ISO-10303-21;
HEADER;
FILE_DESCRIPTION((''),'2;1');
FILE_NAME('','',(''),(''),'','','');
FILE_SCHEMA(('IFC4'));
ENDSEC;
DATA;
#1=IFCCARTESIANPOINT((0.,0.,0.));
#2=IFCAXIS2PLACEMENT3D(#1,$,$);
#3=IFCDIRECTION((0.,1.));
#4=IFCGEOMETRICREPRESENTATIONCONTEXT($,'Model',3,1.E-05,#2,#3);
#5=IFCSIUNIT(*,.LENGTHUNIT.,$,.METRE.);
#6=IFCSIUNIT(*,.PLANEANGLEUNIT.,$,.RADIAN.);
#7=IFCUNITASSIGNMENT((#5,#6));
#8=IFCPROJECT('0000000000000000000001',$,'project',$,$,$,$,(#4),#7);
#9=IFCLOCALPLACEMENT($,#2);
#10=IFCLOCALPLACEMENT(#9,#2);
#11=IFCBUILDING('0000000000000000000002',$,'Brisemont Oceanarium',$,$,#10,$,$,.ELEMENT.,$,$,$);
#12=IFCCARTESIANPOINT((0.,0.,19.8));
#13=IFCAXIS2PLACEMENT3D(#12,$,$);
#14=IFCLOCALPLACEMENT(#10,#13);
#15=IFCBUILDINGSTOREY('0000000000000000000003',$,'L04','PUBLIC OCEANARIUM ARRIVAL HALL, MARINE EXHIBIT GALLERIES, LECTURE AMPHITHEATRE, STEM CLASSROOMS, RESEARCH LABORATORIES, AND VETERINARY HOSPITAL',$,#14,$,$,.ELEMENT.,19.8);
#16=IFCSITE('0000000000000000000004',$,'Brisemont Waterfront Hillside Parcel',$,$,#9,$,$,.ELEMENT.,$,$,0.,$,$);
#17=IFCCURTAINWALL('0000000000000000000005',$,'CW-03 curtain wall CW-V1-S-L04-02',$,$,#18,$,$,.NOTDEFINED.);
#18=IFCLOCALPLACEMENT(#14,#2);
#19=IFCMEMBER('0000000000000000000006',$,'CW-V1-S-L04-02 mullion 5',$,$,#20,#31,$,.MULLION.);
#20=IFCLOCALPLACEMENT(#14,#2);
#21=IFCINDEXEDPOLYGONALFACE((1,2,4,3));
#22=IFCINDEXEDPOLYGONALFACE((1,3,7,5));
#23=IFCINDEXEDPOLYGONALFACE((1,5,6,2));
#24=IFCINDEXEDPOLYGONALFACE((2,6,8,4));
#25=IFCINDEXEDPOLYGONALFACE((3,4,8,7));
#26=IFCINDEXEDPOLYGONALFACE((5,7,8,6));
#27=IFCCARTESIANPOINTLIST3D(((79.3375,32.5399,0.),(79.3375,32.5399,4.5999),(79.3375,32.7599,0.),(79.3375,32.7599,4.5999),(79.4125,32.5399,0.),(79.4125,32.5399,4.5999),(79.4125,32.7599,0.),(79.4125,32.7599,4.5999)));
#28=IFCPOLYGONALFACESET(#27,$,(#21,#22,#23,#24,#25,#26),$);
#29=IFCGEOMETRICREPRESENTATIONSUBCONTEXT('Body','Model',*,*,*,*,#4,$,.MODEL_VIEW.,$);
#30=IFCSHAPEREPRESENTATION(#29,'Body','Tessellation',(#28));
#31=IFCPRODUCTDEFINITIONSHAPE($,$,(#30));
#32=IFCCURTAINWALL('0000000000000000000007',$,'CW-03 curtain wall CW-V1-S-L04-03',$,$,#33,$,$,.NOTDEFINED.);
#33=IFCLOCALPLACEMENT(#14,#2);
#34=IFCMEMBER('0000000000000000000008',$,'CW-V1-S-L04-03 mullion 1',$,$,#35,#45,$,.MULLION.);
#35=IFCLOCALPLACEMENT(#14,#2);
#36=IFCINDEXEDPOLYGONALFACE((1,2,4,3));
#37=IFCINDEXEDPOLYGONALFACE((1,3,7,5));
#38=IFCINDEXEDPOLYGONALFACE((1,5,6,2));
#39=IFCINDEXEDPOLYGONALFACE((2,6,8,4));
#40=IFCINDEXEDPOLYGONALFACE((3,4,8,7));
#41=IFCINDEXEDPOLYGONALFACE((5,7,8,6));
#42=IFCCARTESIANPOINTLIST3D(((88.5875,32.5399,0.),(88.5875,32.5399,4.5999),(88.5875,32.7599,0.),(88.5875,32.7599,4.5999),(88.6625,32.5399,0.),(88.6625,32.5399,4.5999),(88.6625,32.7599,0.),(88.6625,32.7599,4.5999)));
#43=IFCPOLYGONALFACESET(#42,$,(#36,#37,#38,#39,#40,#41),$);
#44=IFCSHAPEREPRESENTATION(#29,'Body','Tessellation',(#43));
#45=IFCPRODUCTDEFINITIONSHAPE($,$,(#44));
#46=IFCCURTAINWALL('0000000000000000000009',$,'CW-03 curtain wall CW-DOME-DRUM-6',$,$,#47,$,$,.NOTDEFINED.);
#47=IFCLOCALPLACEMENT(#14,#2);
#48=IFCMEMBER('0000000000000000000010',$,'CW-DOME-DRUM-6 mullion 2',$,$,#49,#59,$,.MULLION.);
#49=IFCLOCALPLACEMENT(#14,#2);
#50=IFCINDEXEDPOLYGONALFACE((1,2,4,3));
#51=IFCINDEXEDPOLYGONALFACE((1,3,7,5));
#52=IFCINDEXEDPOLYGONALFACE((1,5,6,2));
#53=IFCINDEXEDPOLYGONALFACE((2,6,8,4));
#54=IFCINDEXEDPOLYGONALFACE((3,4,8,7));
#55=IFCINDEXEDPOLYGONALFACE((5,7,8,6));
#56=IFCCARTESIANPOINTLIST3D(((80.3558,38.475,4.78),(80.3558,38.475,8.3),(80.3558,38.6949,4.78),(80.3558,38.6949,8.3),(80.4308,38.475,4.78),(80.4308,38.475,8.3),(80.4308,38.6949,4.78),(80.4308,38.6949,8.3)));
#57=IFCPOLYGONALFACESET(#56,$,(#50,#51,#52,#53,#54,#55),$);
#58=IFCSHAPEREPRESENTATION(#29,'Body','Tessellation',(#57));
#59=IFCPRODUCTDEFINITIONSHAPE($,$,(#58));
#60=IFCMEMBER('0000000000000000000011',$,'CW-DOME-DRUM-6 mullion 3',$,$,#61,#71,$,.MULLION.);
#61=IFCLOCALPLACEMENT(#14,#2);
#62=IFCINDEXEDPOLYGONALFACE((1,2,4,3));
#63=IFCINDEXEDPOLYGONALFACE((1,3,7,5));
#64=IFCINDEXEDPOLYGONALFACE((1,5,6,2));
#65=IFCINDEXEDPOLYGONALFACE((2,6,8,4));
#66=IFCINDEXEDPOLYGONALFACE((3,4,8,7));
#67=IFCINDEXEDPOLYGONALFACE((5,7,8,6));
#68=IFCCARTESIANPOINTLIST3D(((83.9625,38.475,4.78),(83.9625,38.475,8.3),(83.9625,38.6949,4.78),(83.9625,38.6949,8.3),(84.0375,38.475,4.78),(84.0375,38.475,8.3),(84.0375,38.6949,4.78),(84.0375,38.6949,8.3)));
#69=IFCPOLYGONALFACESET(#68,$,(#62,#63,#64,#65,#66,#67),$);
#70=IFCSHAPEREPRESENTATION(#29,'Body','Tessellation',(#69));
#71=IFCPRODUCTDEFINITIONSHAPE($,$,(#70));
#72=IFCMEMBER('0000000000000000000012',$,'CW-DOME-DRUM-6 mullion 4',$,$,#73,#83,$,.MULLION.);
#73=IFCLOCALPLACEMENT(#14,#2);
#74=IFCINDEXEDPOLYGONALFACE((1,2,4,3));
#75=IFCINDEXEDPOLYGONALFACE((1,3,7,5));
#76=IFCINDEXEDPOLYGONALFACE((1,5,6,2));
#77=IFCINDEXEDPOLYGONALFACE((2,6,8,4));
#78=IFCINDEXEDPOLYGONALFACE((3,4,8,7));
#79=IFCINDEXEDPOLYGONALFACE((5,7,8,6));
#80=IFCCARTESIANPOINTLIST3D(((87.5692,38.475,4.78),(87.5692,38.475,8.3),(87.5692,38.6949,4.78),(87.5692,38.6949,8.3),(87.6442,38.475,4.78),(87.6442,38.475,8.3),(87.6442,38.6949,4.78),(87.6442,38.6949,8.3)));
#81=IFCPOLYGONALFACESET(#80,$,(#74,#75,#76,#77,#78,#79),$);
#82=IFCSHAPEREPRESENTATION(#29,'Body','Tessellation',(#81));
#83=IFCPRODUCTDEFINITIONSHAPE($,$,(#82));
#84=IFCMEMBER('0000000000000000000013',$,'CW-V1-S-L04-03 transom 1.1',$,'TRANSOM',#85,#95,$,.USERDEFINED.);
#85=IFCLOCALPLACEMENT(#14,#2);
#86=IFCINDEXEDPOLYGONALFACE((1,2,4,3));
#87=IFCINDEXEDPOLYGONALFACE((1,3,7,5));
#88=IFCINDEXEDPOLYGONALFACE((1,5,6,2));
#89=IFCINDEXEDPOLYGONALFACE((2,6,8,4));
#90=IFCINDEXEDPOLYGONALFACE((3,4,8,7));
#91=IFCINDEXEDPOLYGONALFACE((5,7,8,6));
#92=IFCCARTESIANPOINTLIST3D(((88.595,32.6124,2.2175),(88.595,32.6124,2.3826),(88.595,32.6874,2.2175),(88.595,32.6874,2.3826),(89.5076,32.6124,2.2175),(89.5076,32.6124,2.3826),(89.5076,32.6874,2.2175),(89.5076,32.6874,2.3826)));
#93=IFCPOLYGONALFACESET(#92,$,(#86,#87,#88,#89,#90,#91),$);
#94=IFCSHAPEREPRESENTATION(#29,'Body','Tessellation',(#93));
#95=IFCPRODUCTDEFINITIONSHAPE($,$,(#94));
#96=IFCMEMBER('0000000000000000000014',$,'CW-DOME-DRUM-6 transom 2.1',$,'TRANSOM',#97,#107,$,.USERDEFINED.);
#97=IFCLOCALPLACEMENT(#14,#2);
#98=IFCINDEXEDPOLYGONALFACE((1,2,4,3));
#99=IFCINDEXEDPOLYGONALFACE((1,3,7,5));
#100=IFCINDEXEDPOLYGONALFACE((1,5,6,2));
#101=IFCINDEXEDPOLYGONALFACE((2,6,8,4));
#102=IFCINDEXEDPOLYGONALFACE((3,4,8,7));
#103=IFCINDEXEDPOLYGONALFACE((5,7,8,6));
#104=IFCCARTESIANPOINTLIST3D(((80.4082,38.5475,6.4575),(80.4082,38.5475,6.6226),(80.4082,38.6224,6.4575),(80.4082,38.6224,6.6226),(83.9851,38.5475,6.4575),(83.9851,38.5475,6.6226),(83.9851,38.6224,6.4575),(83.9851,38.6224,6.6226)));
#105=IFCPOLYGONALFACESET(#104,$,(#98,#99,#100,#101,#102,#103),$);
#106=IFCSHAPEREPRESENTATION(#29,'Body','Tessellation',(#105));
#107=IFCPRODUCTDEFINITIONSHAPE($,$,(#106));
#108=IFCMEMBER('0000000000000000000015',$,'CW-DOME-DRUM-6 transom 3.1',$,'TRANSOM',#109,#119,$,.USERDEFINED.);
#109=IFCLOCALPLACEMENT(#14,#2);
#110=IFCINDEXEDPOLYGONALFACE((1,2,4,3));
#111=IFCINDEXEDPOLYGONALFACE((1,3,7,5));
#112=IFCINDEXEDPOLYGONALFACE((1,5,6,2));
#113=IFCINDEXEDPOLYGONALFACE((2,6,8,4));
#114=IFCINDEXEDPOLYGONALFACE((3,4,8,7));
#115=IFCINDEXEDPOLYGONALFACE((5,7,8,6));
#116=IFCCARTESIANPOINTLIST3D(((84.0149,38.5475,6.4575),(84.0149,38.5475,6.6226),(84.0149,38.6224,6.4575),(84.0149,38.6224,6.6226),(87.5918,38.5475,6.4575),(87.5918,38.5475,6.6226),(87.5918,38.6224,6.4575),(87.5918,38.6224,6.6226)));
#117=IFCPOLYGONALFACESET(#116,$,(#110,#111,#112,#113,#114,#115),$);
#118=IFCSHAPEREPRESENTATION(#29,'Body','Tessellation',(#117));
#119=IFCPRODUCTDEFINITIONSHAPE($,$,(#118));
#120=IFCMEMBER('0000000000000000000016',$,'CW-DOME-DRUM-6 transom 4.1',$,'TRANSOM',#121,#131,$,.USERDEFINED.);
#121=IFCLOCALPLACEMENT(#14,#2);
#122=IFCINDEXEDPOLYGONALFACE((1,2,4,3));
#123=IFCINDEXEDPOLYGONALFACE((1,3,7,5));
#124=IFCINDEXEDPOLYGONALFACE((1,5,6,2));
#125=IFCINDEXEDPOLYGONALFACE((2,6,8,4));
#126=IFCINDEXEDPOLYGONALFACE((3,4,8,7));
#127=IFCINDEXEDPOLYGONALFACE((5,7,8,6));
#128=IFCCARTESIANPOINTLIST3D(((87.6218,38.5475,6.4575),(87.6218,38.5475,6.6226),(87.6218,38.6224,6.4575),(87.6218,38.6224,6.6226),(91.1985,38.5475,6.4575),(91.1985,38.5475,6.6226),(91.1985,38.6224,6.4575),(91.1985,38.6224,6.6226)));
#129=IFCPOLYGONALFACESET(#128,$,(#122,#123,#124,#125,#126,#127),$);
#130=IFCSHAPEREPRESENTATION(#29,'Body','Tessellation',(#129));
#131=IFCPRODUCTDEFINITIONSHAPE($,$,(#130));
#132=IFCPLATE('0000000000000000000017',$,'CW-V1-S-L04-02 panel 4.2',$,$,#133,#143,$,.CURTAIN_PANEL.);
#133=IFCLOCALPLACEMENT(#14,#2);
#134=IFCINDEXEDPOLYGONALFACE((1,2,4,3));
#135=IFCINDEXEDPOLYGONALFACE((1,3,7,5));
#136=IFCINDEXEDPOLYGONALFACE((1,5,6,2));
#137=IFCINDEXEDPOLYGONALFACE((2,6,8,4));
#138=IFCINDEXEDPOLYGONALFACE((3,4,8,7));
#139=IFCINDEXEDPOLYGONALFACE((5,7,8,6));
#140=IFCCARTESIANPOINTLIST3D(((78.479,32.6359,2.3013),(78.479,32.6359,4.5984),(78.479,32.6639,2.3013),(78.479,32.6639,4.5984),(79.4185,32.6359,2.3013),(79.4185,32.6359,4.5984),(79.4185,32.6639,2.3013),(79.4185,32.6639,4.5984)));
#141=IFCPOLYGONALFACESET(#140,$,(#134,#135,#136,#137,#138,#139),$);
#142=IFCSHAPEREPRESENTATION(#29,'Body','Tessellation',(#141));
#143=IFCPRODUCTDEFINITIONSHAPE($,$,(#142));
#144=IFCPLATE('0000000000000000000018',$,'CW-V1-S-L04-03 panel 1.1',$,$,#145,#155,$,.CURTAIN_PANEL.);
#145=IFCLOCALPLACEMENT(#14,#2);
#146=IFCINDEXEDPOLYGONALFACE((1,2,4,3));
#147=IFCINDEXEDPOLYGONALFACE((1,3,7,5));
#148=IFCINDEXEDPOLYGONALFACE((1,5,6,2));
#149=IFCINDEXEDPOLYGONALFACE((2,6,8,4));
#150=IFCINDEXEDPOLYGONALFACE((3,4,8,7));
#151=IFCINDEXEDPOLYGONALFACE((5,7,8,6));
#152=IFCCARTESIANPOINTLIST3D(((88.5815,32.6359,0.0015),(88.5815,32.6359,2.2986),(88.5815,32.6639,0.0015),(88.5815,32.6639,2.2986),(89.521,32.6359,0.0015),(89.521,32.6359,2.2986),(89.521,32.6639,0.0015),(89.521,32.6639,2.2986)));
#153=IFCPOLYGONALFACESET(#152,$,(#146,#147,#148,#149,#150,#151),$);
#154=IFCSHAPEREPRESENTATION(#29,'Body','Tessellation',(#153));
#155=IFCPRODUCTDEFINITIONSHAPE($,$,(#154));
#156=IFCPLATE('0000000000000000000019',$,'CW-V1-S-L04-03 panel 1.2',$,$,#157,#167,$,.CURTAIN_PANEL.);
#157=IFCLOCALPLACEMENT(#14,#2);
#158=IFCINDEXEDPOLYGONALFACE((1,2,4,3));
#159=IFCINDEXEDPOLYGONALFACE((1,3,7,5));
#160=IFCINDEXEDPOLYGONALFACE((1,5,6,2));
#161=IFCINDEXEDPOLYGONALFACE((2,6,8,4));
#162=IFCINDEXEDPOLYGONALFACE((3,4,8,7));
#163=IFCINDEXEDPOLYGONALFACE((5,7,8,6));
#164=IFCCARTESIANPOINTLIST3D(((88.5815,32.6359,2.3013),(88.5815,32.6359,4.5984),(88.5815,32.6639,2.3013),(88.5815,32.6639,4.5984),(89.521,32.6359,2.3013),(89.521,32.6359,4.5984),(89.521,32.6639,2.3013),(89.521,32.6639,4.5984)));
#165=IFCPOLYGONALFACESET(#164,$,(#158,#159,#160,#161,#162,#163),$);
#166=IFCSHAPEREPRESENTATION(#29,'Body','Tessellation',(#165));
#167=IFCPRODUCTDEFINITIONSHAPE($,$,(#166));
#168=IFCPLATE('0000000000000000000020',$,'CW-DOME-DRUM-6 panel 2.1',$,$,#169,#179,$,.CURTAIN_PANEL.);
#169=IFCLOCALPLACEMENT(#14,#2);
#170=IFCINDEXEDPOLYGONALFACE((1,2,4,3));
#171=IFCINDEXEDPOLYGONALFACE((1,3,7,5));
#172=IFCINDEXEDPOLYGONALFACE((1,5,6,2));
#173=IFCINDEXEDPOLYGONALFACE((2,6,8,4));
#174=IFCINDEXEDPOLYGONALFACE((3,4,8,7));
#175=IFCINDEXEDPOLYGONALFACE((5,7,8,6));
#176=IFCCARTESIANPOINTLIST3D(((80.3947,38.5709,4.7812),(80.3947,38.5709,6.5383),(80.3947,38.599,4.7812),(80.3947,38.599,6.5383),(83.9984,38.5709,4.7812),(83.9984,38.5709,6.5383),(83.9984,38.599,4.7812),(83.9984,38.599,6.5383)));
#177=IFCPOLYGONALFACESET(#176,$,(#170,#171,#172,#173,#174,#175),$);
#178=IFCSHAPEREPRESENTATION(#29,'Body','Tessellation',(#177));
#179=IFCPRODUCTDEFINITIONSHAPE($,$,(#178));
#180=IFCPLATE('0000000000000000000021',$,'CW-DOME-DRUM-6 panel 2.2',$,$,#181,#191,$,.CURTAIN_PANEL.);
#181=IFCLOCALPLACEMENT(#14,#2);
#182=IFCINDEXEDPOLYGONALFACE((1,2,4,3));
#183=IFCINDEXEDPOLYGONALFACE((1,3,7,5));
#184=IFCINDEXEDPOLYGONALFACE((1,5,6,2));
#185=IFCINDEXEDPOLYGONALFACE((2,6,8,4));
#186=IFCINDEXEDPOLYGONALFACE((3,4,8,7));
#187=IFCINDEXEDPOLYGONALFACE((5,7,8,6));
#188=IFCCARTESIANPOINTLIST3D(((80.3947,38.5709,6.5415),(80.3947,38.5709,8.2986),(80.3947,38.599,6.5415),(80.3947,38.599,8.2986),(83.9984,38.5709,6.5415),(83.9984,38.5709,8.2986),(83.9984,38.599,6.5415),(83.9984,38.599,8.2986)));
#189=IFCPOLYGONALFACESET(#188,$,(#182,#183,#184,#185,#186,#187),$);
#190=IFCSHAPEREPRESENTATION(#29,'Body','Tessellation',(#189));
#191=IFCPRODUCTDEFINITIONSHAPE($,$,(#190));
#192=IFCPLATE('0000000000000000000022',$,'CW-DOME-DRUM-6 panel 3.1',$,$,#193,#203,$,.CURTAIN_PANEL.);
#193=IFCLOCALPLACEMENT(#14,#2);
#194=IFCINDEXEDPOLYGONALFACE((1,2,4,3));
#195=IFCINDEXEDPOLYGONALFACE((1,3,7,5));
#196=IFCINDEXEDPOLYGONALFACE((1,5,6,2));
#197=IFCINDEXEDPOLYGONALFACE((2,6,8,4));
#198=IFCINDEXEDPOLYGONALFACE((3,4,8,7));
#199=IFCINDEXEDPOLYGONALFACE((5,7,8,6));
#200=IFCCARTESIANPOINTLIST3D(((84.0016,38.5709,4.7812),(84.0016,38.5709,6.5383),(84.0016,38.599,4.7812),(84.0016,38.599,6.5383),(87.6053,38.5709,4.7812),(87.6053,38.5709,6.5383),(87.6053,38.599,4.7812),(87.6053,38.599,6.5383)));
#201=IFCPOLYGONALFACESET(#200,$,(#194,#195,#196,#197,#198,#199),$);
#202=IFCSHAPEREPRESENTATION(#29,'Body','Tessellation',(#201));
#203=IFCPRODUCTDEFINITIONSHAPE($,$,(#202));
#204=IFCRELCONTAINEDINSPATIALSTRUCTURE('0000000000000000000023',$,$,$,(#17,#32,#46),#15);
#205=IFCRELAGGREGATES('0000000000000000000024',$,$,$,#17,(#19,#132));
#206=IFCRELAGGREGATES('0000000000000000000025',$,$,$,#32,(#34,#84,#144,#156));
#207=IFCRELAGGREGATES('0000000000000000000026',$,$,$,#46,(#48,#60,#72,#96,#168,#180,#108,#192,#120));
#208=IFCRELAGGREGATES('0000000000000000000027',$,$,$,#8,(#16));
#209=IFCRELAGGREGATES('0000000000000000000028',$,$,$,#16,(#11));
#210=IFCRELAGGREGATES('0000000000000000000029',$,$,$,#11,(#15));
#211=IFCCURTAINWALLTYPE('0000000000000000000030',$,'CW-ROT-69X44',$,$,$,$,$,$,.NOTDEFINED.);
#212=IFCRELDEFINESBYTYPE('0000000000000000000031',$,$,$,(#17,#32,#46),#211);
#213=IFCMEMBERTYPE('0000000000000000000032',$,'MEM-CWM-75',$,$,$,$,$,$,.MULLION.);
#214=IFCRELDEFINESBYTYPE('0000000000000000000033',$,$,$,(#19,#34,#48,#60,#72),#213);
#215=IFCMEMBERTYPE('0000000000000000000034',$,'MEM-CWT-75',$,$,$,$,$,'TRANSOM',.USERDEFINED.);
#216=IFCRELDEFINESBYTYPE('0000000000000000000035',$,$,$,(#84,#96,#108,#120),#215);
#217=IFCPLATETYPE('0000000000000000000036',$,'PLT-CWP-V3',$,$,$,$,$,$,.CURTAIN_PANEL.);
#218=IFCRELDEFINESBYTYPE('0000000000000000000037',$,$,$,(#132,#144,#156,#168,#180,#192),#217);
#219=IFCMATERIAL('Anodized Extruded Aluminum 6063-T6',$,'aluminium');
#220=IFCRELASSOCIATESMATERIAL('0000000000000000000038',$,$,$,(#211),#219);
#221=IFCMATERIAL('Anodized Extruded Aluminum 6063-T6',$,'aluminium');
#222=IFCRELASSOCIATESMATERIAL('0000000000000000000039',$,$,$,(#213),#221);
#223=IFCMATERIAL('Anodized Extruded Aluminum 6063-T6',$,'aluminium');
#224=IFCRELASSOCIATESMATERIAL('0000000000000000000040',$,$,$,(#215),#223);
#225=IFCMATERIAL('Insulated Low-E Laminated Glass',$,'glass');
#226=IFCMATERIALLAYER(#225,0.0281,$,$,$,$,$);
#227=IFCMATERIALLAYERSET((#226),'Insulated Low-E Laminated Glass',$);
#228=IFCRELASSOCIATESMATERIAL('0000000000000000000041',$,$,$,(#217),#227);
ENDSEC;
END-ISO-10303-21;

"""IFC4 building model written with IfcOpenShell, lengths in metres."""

from ifc_helpers import new_model, si_unit, direction, frame, origin, origin_2d, place, context, subcontext, project, spatial, rectangle, extrude, material, layer, layer_set, material_profile, profile_set, type_object, element, aggregate, save


model = new_model("IFC4")

# Units and contexts
model_context = context("Model", 3, precision=1e-05, world=origin(), true_north=direction((0.0, 1.0)))
body_context = subcontext(model_context, "Body", "Model", "MODEL_VIEW")
ifc_project = project(units=[si_unit("LENGTHUNIT", "METRE"), si_unit("PLANEANGLEUNIT", "RADIAN")], contexts=[model_context])

# Site, building, storey
site_placement = place(None, origin())
site = spatial("IfcSite", under=ifc_project, at=site_placement, Name="Brisemont Waterfront Hillside Parcel", CompositionType="ELEMENT", RefElevation=0.0)
building_placement = place(site_placement, origin())
building = spatial("IfcBuilding", under=site, at=building_placement, Name="Brisemont Oceanarium", CompositionType="ELEMENT")
storey_placement = place(building_placement, frame((0.0, 0.0, 19.8)))
storey = spatial("IfcBuildingStorey", under=building, at=storey_placement, Name="L04", Description="PUBLIC OCEANARIUM ARRIVAL HALL, MARINE EXHIBIT GALLERIES, LECTURE AMPHITHEATRE, STEM CLASSROOMS, RESEARCH LABORATORIES, AND VETERINARY HOSPITAL", CompositionType="ELEMENT", Elevation=19.8)

# Curtain walls, members
ifc_material_1 = material(Name="Anodized Extruded Aluminum 6063-T6", Category="aluminium")
curtain_wall_type = type_object("IfcCurtainWallType", Name="CW-ROT-69X44", PredefinedType="NOTDEFINED", material=ifc_material_1)
curtain_wall_1_placement = place(storey_placement, origin())
curtain_wall_1 = element("IfcCurtainWall", 1, at=curtain_wall_1_placement, inside=storey, type_object=curtain_wall_type, Name="CW-03 curtain wall CW-V1-S-L04-02", PredefinedType="NOTDEFINED")
ifc_material_2 = material(Name="Anodized Extruded Aluminum 6063-T6", Category="aluminium")
ifc_material_profile_1 = material_profile(ifc_material_2, rectangle(XDim=0.075, YDim=0.22, at=origin_2d()), Name="CWM-75X220")
ifc_profile_set_1 = profile_set([ifc_material_profile_1], Name="Anodized Extruded Aluminum 6063-T6")
member_type_1 = type_object("IfcMemberType", Name="MEM-CWM-75", PredefinedType="MULLION", material=ifc_profile_set_1)
member_1_placement = place(storey_placement, frame((79.375, 32.6499, 0.0), z_axis=(0.0, 0.0, 1.0), x_axis=(1.0, 0.0, 0.0)))
member_1 = element("IfcMember", 2, at=member_1_placement, type_object=member_type_1, Name="CW-V1-S-L04-02 mullion 5", PredefinedType="MULLION", context=body_context, shape_type="SweptSolid", body=[
    extrude(rectangle(XDim=0.075, YDim=0.22, at=origin_2d()), origin(), (0.0, 0.0, 1.0), 4.5999),
])
curtain_wall_2_placement = place(storey_placement, origin())
curtain_wall_2 = element("IfcCurtainWall", 3, at=curtain_wall_2_placement, inside=storey, type_object=curtain_wall_type, Name="CW-03 curtain wall CW-V1-S-L04-03", PredefinedType="NOTDEFINED")
member_2_placement = place(storey_placement, frame((88.625, 32.6499, 0.0), z_axis=(0.0, 0.0, 1.0), x_axis=(1.0, 0.0, 0.0)))
member_2 = element("IfcMember", 4, at=member_2_placement, type_object=member_type_1, Name="CW-V1-S-L04-03 mullion 1", PredefinedType="MULLION", context=body_context, shape_type="SweptSolid", body=[
    extrude(rectangle(XDim=0.075, YDim=0.22, at=origin_2d()), origin(), (0.0, 0.0, 1.0), 4.5999),
])

# Curtain wall, members
curtain_wall_3_placement = place(storey_placement, origin())
curtain_wall_3 = element("IfcCurtainWall", 5, at=curtain_wall_3_placement, inside=storey, type_object=curtain_wall_type, Name="CW-03 curtain wall CW-DOME-DRUM-6", PredefinedType="NOTDEFINED")
member_3_placement = place(storey_placement, frame((80.3933, 38.585, 4.78), z_axis=(0.0, 0.0, 1.0), x_axis=(1.0, 0.0, 0.0)))
member_3 = element("IfcMember", 6, at=member_3_placement, type_object=member_type_1, Name="CW-DOME-DRUM-6 mullion 2", PredefinedType="MULLION", context=body_context, shape_type="SweptSolid", body=[
    extrude(rectangle(XDim=0.075, YDim=0.22, at=origin_2d()), origin(), (0.0, 0.0, 1.0), 3.52),
])
member_4_placement = place(storey_placement, frame((84.0, 38.585, 4.78), z_axis=(0.0, 0.0, 1.0), x_axis=(1.0, 0.0, 0.0)))
member_4 = element("IfcMember", 7, at=member_4_placement, type_object=member_type_1, Name="CW-DOME-DRUM-6 mullion 3", PredefinedType="MULLION", context=body_context, shape_type="SweptSolid", body=[
    extrude(rectangle(XDim=0.075, YDim=0.22, at=origin_2d()), origin(), (0.0, 0.0, 1.0), 3.52),
])
member_5_placement = place(storey_placement, frame((87.6067, 38.585, 4.78), z_axis=(0.0, 0.0, 1.0), x_axis=(1.0, 0.0, 0.0)))
member_5 = element("IfcMember", 8, at=member_5_placement, type_object=member_type_1, Name="CW-DOME-DRUM-6 mullion 4", PredefinedType="MULLION", context=body_context, shape_type="SweptSolid", body=[
    extrude(rectangle(XDim=0.075, YDim=0.22, at=origin_2d()), origin(), (0.0, 0.0, 1.0), 3.52),
])

# Members
ifc_material_3 = material(Name="Anodized Extruded Aluminum 6063-T6", Category="aluminium")
ifc_material_profile_2 = material_profile(ifc_material_3, rectangle(XDim=0.075, YDim=0.165, at=origin_2d()), Name="CWT-75X165")
ifc_profile_set_2 = profile_set([ifc_material_profile_2], Name="Anodized Extruded Aluminum 6063-T6")
member_type_2 = type_object("IfcMemberType", Name="MEM-CWT-75", ElementType="TRANSOM", PredefinedType="USERDEFINED", material=ifc_profile_set_2)
member_6_placement = place(storey_placement, frame((88.595, 32.6499, 2.3), z_axis=(1.0, 0.0, 0.0), x_axis=(0.0, 1.0, 0.0)))
member_6 = element("IfcMember", 9, at=member_6_placement, type_object=member_type_2, Name="CW-V1-S-L04-03 transom 1.1", ObjectType="TRANSOM", PredefinedType="USERDEFINED", context=body_context, shape_type="SweptSolid", body=[
    extrude(rectangle(XDim=0.075, YDim=0.165, at=origin_2d()), origin(), (0.0, 0.0, 1.0), 0.9126),
])
member_7_placement = place(storey_placement, frame((80.4082, 38.585, 6.54), z_axis=(1.0, 0.0, 0.0), x_axis=(0.0, 1.0, 0.0)))
member_7 = element("IfcMember", 10, at=member_7_placement, type_object=member_type_2, Name="CW-DOME-DRUM-6 transom 2.1", ObjectType="TRANSOM", PredefinedType="USERDEFINED", context=body_context, shape_type="SweptSolid", body=[
    extrude(rectangle(XDim=0.075, YDim=0.165, at=origin_2d()), origin(), (0.0, 0.0, 1.0), 3.5769),
])
member_8_placement = place(storey_placement, frame((84.0149, 38.585, 6.54), z_axis=(1.0, 0.0, 0.0), x_axis=(0.0, 1.0, 0.0)))
member_8 = element("IfcMember", 11, at=member_8_placement, type_object=member_type_2, Name="CW-DOME-DRUM-6 transom 3.1", ObjectType="TRANSOM", PredefinedType="USERDEFINED", context=body_context, shape_type="SweptSolid", body=[
    extrude(rectangle(XDim=0.075, YDim=0.165, at=origin_2d()), origin(), (0.0, 0.0, 1.0), 3.5769),
])
member_9_placement = place(storey_placement, frame((87.6218, 38.585, 6.54), z_axis=(1.0, 0.0, 0.0), x_axis=(0.0, 1.0, 0.0)))
member_9 = element("IfcMember", 12, at=member_9_placement, type_object=member_type_2, Name="CW-DOME-DRUM-6 transom 4.1", ObjectType="TRANSOM", PredefinedType="USERDEFINED", context=body_context, shape_type="SweptSolid", body=[
    extrude(rectangle(XDim=0.075, YDim=0.165, at=origin_2d()), origin(), (0.0, 0.0, 1.0), 3.5767),
])

# Plates
ifc_material_4 = material(Name="Insulated Low-E Laminated Glass", Category="glass")
ifc_layer_1 = layer(ifc_material_4, 0.0281)
ifc_layer_set_1 = layer_set([ifc_layer_1], Name="Insulated Low-E Laminated Glass")
plate_type = type_object("IfcPlateType", Name="PLT-CWP-V3", PredefinedType="CURTAIN_PANEL", material=ifc_layer_set_1)
plate_1_placement = place(storey_placement, frame((78.9487, 32.6499, 2.3013), z_axis=(0.0, 0.0, 1.0), x_axis=(1.0, 0.0, 0.0)))
plate_1 = element("IfcPlate", 13, at=plate_1_placement, type_object=plate_type, Name="CW-V1-S-L04-02 panel 4.2", PredefinedType="CURTAIN_PANEL", context=body_context, shape_type="SweptSolid", body=[
    extrude(rectangle(XDim=0.9395, YDim=0.0281, at=origin_2d()), origin(), (0.0, 0.0, 1.0), 2.2971),
])
aggregate(curtain_wall_1, [member_1, plate_1])
plate_2_placement = place(storey_placement, frame((89.0513, 32.6499, 0.0015), z_axis=(0.0, 0.0, 1.0), x_axis=(1.0, 0.0, 0.0)))
plate_2 = element("IfcPlate", 14, at=plate_2_placement, type_object=plate_type, Name="CW-V1-S-L04-03 panel 1.1", PredefinedType="CURTAIN_PANEL", context=body_context, shape_type="SweptSolid", body=[
    extrude(rectangle(XDim=0.9395, YDim=0.0281, at=origin_2d()), origin(), (0.0, 0.0, 1.0), 2.2971),
])
plate_3_placement = place(storey_placement, frame((89.0513, 32.6499, 2.3013), z_axis=(0.0, 0.0, 1.0), x_axis=(1.0, 0.0, 0.0)))
plate_3 = element("IfcPlate", 15, at=plate_3_placement, type_object=plate_type, Name="CW-V1-S-L04-03 panel 1.2", PredefinedType="CURTAIN_PANEL", context=body_context, shape_type="SweptSolid", body=[
    extrude(rectangle(XDim=0.9395, YDim=0.0281, at=origin_2d()), origin(), (0.0, 0.0, 1.0), 2.2971),
])
aggregate(curtain_wall_2, [member_2, member_6, plate_2, plate_3])
plate_4_placement = place(storey_placement, frame((82.1965, 38.585, 4.7812), z_axis=(0.0, 0.0, 1.0), x_axis=(1.0, 0.0, 0.0)))
plate_4 = element("IfcPlate", 16, at=plate_4_placement, type_object=plate_type, Name="CW-DOME-DRUM-6 panel 2.1", PredefinedType="CURTAIN_PANEL", context=body_context, shape_type="SweptSolid", body=[
    extrude(rectangle(XDim=3.6038, YDim=0.0281, at=origin_2d()), origin(), (0.0, 0.0, 1.0), 1.7571),
])
plate_5_placement = place(storey_placement, frame((82.1965, 38.585, 6.5415), z_axis=(0.0, 0.0, 1.0), x_axis=(1.0, 0.0, 0.0)))
plate_5 = element("IfcPlate", 17, at=plate_5_placement, type_object=plate_type, Name="CW-DOME-DRUM-6 panel 2.2", PredefinedType="CURTAIN_PANEL", context=body_context, shape_type="SweptSolid", body=[
    extrude(rectangle(XDim=3.6038, YDim=0.0281, at=origin_2d()), origin(), (0.0, 0.0, 1.0), 1.7571),
])
plate_6_placement = place(storey_placement, frame((85.8035, 38.585, 4.7812), z_axis=(0.0, 0.0, 1.0), x_axis=(1.0, 0.0, 0.0)))
plate_6 = element("IfcPlate", 18, at=plate_6_placement, type_object=plate_type, Name="CW-DOME-DRUM-6 panel 3.1", PredefinedType="CURTAIN_PANEL", context=body_context, shape_type="SweptSolid", body=[
    extrude(rectangle(XDim=3.6038, YDim=0.0281, at=origin_2d()), origin(), (0.0, 0.0, 1.0), 1.7571),
])
aggregate(curtain_wall_3, [member_3, member_4, member_5, member_7, plate_4, plate_5, member_8, plate_6, member_9])

save(model, "model.ifc")
